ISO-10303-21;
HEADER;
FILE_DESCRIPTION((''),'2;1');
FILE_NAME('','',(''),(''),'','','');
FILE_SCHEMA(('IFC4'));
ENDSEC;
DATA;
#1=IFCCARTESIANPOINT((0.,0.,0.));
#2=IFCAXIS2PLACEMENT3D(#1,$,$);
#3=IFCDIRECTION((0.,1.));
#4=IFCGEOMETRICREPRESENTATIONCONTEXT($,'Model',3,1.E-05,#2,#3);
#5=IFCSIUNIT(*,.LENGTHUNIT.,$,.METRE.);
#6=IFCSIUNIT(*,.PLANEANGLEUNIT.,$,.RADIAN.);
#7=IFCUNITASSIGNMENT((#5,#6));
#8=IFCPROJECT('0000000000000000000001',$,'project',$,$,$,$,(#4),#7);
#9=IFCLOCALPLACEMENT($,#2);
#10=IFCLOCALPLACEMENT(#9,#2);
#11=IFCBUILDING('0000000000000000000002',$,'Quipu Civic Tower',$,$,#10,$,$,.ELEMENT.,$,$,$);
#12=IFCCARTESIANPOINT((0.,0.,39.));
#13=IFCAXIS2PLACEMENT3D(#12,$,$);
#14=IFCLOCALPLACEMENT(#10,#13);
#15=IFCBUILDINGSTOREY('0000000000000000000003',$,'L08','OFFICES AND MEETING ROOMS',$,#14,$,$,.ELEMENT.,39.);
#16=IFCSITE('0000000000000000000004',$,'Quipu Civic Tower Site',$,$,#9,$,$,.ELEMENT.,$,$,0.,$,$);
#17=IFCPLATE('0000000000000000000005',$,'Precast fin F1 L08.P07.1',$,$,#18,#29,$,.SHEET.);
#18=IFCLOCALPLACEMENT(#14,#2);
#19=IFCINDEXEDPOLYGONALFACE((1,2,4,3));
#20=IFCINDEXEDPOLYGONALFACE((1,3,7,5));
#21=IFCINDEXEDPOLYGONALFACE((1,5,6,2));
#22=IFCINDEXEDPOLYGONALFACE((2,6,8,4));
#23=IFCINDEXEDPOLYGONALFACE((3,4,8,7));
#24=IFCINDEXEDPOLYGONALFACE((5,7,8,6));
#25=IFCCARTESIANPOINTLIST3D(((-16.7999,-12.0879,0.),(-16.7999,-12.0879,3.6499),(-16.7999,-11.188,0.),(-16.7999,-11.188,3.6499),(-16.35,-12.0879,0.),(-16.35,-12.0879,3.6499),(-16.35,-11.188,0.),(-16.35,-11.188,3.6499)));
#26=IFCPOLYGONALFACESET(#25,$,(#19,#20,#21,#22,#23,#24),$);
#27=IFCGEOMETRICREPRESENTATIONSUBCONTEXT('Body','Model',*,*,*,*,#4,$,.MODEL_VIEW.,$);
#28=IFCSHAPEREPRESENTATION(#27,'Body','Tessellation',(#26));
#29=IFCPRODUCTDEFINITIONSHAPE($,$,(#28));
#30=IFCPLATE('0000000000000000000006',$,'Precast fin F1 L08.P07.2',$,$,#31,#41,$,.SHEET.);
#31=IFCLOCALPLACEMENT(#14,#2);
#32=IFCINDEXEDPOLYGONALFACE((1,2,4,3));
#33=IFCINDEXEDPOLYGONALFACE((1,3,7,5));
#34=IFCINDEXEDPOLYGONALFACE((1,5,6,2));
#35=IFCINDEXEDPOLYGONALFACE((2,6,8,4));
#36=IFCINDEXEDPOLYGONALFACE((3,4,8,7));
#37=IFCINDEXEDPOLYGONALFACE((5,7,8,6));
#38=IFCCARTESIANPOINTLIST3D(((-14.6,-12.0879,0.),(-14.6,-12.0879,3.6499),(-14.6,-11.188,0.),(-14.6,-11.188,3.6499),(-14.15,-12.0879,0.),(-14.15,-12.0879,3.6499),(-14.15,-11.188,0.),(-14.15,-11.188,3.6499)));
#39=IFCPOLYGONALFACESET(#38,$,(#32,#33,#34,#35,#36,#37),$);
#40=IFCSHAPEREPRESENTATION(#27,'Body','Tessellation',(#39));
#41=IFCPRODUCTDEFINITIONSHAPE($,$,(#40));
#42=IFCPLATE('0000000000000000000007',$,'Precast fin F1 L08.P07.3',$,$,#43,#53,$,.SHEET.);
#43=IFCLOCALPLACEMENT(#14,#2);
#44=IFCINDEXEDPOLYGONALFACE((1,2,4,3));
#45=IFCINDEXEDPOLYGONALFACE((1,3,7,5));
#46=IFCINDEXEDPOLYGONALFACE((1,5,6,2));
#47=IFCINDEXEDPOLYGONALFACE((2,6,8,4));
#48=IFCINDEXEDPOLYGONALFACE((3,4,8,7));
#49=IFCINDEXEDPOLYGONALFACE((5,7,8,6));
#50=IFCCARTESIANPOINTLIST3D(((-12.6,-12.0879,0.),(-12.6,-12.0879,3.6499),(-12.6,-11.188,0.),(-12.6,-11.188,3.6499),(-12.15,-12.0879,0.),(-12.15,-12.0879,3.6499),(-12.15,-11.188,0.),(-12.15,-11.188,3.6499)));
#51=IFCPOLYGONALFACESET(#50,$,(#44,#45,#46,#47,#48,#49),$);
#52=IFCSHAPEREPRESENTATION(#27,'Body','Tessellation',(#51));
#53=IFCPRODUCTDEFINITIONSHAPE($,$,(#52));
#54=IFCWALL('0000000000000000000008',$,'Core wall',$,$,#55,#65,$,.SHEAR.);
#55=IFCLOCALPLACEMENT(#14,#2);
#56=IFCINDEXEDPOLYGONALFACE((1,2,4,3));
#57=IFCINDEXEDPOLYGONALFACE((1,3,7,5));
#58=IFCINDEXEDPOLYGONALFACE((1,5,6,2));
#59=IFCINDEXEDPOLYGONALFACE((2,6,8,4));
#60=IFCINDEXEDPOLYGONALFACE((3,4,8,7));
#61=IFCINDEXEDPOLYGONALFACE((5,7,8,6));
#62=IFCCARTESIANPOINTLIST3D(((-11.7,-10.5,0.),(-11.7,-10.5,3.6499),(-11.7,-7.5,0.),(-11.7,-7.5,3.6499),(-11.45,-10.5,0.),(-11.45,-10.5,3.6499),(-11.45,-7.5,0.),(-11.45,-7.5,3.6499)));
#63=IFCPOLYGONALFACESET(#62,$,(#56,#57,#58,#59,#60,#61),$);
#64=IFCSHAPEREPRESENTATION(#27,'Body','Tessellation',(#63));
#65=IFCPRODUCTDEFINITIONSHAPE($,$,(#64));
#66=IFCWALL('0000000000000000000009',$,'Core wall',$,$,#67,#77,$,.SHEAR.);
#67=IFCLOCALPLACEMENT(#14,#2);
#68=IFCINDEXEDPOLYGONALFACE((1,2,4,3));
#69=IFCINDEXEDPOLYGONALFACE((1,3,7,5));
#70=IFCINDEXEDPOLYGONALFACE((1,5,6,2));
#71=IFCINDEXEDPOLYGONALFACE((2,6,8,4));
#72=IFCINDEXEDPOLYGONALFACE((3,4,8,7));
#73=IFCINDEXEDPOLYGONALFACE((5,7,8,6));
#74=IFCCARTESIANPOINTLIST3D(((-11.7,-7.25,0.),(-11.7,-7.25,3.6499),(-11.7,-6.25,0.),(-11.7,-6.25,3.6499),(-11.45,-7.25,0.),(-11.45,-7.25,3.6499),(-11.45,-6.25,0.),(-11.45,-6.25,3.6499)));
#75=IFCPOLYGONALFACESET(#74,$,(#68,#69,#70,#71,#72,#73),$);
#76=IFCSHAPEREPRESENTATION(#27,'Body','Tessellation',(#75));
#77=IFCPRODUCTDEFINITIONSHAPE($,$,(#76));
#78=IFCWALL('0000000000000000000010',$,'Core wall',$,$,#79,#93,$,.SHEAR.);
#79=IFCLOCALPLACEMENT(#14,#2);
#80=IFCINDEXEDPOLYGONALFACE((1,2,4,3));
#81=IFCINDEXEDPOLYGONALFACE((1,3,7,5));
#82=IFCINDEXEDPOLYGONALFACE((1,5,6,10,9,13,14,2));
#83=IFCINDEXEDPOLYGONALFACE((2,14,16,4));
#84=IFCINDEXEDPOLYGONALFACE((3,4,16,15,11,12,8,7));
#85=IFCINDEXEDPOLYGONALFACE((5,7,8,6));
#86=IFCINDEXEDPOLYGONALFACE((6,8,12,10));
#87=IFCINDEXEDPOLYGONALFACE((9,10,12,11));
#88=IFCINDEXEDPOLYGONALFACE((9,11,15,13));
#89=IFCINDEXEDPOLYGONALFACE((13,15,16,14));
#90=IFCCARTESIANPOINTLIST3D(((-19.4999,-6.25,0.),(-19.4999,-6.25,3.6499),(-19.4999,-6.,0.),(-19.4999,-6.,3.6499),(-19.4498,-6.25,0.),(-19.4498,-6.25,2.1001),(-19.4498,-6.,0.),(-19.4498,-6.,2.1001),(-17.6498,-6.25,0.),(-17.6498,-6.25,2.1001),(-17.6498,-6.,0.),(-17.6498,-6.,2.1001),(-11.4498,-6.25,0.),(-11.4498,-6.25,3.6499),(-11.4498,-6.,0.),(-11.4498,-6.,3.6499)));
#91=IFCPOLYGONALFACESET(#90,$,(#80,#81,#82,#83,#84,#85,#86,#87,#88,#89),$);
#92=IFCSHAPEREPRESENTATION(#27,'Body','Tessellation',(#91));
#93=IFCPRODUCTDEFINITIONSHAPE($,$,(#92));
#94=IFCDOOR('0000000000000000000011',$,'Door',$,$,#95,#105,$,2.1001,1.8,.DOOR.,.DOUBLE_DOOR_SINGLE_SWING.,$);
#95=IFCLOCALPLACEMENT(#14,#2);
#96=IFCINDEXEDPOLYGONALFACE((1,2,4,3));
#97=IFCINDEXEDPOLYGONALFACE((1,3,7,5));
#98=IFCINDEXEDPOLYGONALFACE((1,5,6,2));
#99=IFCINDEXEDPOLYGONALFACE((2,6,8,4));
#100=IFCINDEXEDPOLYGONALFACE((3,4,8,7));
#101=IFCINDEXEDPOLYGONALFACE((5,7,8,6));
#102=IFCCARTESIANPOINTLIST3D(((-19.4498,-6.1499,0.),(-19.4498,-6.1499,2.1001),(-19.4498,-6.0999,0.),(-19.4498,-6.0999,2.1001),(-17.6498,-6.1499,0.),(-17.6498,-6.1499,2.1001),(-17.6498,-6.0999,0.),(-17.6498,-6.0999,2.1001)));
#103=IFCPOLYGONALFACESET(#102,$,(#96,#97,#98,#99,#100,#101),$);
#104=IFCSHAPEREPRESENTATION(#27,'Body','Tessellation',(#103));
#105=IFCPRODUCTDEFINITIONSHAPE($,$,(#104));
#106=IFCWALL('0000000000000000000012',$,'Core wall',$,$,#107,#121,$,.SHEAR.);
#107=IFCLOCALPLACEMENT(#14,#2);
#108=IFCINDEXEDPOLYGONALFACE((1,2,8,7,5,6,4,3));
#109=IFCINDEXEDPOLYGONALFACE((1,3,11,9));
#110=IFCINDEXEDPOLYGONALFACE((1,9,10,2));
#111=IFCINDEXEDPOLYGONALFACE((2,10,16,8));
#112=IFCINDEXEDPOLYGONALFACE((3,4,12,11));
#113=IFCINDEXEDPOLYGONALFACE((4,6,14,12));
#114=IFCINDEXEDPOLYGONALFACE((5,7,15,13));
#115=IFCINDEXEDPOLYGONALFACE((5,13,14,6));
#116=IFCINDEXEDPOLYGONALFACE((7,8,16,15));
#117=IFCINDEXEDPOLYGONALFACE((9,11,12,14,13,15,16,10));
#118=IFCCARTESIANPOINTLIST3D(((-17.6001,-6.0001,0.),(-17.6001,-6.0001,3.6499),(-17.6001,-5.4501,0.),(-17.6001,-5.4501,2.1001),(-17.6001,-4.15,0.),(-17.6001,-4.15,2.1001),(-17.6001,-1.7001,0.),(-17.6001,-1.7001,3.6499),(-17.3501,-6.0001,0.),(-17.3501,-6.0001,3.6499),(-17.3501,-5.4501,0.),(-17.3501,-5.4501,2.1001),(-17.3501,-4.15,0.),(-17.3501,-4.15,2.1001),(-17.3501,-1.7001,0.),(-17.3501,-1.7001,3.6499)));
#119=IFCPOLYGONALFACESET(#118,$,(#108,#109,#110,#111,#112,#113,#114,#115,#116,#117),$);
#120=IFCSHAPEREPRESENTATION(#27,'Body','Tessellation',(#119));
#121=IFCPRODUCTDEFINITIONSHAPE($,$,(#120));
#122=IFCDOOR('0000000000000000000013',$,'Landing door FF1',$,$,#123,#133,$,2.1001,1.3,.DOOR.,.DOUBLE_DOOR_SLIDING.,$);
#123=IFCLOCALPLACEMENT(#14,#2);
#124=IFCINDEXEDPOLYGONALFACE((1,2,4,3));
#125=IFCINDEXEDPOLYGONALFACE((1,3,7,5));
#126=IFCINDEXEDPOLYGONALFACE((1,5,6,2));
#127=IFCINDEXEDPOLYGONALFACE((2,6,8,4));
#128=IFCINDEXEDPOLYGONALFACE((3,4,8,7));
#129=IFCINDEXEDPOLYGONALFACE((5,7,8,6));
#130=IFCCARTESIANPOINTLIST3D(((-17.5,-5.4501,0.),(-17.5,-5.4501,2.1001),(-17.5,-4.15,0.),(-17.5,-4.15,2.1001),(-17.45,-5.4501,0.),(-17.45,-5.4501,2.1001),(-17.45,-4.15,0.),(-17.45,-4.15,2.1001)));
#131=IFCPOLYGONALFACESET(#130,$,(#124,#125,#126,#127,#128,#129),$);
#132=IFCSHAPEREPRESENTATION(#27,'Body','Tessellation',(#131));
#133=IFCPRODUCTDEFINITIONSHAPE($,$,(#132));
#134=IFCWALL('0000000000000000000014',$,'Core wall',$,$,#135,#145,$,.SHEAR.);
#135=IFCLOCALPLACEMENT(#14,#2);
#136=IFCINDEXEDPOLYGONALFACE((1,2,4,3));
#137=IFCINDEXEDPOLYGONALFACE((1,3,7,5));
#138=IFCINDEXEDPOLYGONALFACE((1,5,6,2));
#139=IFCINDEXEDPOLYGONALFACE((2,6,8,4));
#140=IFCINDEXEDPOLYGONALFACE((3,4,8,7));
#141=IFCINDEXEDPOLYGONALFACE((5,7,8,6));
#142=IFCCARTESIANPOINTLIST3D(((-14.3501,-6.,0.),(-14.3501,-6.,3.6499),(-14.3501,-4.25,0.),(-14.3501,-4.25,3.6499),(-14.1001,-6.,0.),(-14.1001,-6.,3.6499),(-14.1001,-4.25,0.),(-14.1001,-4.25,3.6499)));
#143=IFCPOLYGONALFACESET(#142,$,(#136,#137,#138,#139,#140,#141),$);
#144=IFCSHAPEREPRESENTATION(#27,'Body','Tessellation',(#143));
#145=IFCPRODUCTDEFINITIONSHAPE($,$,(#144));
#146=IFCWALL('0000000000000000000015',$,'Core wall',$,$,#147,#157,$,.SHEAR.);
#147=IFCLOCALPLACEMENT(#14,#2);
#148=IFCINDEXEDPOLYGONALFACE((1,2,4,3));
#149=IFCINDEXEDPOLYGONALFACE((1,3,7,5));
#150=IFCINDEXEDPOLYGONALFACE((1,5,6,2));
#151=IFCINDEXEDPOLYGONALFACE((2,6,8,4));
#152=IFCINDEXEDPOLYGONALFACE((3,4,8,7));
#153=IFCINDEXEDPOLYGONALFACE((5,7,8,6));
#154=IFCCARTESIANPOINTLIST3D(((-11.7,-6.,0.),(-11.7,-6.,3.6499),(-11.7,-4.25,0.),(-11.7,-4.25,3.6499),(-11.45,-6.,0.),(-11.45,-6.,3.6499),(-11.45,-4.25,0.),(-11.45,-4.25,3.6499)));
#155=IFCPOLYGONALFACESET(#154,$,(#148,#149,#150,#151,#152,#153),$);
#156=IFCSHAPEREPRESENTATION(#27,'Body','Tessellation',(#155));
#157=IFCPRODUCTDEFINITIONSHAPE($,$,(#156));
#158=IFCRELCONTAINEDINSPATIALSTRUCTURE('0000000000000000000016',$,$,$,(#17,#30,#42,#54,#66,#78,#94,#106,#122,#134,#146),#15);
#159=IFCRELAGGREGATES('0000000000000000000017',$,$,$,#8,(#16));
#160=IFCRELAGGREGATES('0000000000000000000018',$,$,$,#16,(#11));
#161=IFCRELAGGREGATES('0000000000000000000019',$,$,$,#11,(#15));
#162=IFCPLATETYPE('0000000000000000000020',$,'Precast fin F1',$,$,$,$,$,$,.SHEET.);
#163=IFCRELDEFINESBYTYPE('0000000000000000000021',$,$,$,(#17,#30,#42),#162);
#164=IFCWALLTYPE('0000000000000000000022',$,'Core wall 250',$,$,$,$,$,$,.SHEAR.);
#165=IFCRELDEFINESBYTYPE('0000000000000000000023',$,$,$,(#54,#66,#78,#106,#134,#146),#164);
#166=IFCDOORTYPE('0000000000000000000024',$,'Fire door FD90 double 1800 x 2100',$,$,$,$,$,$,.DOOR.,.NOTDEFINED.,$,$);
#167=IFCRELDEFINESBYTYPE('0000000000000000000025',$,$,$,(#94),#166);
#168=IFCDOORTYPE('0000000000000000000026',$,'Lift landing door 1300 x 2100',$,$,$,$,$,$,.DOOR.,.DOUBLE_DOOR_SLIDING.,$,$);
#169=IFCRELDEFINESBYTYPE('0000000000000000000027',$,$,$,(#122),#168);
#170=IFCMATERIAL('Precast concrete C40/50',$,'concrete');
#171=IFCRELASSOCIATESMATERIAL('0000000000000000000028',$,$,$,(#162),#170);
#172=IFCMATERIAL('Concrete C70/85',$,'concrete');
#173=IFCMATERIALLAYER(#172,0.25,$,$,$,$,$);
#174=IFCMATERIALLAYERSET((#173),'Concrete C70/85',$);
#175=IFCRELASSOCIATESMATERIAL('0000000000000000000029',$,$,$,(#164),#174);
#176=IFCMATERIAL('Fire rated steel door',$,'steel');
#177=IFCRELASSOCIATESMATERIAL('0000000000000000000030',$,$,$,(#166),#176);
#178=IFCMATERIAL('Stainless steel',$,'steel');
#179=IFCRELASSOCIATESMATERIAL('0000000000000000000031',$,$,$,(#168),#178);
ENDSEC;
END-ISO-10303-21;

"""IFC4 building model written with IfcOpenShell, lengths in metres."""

from ifc_helpers import new_model, si_unit, direction, frame, frame_2d, origin, origin_2d, place, context, subcontext, project, spatial, rectangle, extrude, material, layer, layer_set, type_object, element, fill, save


model = new_model("IFC4")

# Units and contexts
model_context = context("Model", 3, precision=1e-05, world=origin(), true_north=direction((0.0, 1.0)))
body_context = subcontext(model_context, "Body", "Model", "MODEL_VIEW")
ifc_project = project(units=[si_unit("LENGTHUNIT", "METRE"), si_unit("PLANEANGLEUNIT", "RADIAN")], contexts=[model_context])

# Site, building, storey
site_placement = place(None, origin())
site = spatial("IfcSite", under=ifc_project, at=site_placement, Name="Quipu Civic Tower Site", CompositionType="ELEMENT", RefElevation=0.0)
building_placement = place(site_placement, origin())
building = spatial("IfcBuilding", under=site, at=building_placement, Name="Quipu Civic Tower", CompositionType="ELEMENT")
storey_placement = place(building_placement, frame((0.0, 0.0, 39.0)))
storey = spatial("IfcBuildingStorey", under=building, at=storey_placement, Name="L08", Description="OFFICES AND MEETING ROOMS", CompositionType="ELEMENT", Elevation=39.0)

# Plates
ifc_material_1 = material(Name="Precast concrete C40/50", Category="concrete")
plate_type = type_object("IfcPlateType", Name="Precast fin F1", PredefinedType="SHEET", material=ifc_material_1)
for number, where, z_axis, x_axis, name in (
    (1, (-16.575, -11.6379, 0.0), (0.0, 0.0, 1.0), (1.0, 0.0, 0.0), "Precast fin F1 L08.P07.1"),
    (2, (-14.375, -11.6379, 0.0), (0.0, 0.0, 1.0), (1.0, 0.0, 0.0), "Precast fin F1 L08.P07.2"),
    (3, (-12.375, -11.6379, 0.0), (0.0, 0.0, 1.0), (1.0, 0.0, 0.0), "Precast fin F1 L08.P07.3"),
):
    element("IfcPlate", number, at=place(storey_placement, frame(where, z_axis=z_axis, x_axis=x_axis)), inside=storey, type_object=plate_type, Name=name, PredefinedType="SHEET", context=body_context, shape_type="SweptSolid", body=[
        extrude(rectangle(XDim=0.45, YDim=0.8999, at=origin_2d()), origin(), (0.0, 0.0, 1.0), 3.6499),
    ])

# Walls
ifc_material_2 = material(Name="Concrete C70/85", Category="concrete")
ifc_layer = layer(ifc_material_2, 0.25)
ifc_layer_set = layer_set([ifc_layer], Name="Concrete C70/85")
wall_type_1 = type_object("IfcWallType", Name="Core wall 250", PredefinedType="SHEAR", material=ifc_layer_set)
wall_1_placement = place(storey_placement, frame((-11.575, -10.5, 0.0), z_axis=(0.0, 0.0, 1.0), x_axis=(0.0, 1.0, 0.0)))
element("IfcWall", 4, at=wall_1_placement, inside=storey, type_object=wall_type_1, Name="Core wall", PredefinedType="SHEAR", context=body_context, shape_type="SweptSolid", body=[
    extrude(rectangle(XDim=3.0, YDim=0.25, at=frame_2d((1.5, 0.0))), origin(), (0.0, 0.0, 1.0), 3.6499),
])
wall_2_placement = place(storey_placement, frame((-11.575, -7.25, 0.0), z_axis=(0.0, 0.0, 1.0), x_axis=(0.0, 1.0, 0.0)))
element("IfcWall", 5, at=wall_2_placement, inside=storey, type_object=wall_type_1, Name="Core wall", PredefinedType="SHEAR", context=body_context, shape_type="SweptSolid", body=[
    extrude(rectangle(XDim=1.0, YDim=0.25, at=frame_2d((0.5, 0.0))), origin(), (0.0, 0.0, 1.0), 3.6499),
])

# Walls, openings, doors
wall_3_placement = place(storey_placement, frame((-11.45, -6.125, 0.0), z_axis=(0.0, 0.0, 1.0), x_axis=(-1.0, 0.0, 0.0)))
wall_3 = element("IfcWall", 6, at=wall_3_placement, inside=storey, type_object=wall_type_1, Name="Core wall", PredefinedType="SHEAR", context=body_context, shape_type="SweptSolid", body=[
    extrude(rectangle(XDim=8.05, YDim=0.25, at=frame_2d((4.0249, 0.0))), origin(), (0.0, 0.0, 1.0), 3.6499),
])
opening_1_placement = place(wall_3_placement, frame((6.2, 0.0, 0.0)))
opening_1 = element("IfcOpeningElement", 7, at=opening_1_placement, cuts=wall_3, PredefinedType="OPENING", context=body_context, shape_type="SweptSolid", body=[
    extrude(rectangle(XDim=1.8, YDim=2.1001, at=frame_2d((0.8999, 1.05))), frame((0.0, 0.135, 0.0), z_axis=(0.0, -1.0, 0.0), x_axis=(1.0, 0.0, 0.0)), (0.0, 0.0, 1.0), 0.27),
])
ifc_material_3 = material(Name="Fire rated steel door", Category="steel")
door_type_1 = type_object("IfcDoorType", Name="Fire door FD90 double 1800 x 2100", OperationType="NOTDEFINED", PredefinedType="DOOR", material=ifc_material_3)
door_1_placement = place(opening_1_placement, origin())
door_1 = element("IfcDoor", 8, at=door_1_placement, inside=storey, type_object=door_type_1, Name="Door", OperationType="DOUBLE_DOOR_SINGLE_SWING", OverallHeight=2.1001, OverallWidth=1.8, PredefinedType="DOOR", context=body_context, shape_type="SweptSolid", body=[
    extrude(rectangle(XDim=1.8, YDim=2.1001, at=frame_2d((0.8999, 1.05))), frame((0.0, 0.0249, 0.0), z_axis=(0.0, -1.0, 0.0), x_axis=(1.0, 0.0, 0.0)), (0.0, 0.0, 1.0), 0.05),
])
fill(opening_1, door_1)
wall_4_placement = place(storey_placement, frame((-17.4751, -6.0, 0.0), z_axis=(0.0, 0.0, 1.0), x_axis=(0.0, 1.0, 0.0)))
wall_4 = element("IfcWall", 9, at=wall_4_placement, inside=storey, type_object=wall_type_1, Name="Core wall", PredefinedType="SHEAR", context=body_context, shape_type="SweptSolid", body=[
    extrude(rectangle(XDim=4.3, YDim=0.25, at=frame_2d((2.1499, 0.0))), origin(), (0.0, 0.0, 1.0), 3.6499),
])
opening_2_placement = place(wall_4_placement, frame((0.55, 0.0, 0.0)))
opening_2 = element("IfcOpeningElement", 10, at=opening_2_placement, cuts=wall_4, PredefinedType="OPENING", context=body_context, shape_type="SweptSolid", body=[
    extrude(rectangle(XDim=1.3, YDim=2.1001, at=frame_2d((0.6499, 1.05))), frame((0.0, 0.135, 0.0), z_axis=(0.0, -1.0, 0.0), x_axis=(1.0, 0.0, 0.0)), (0.0, 0.0, 1.0), 0.27),
])
ifc_material_4 = material(Name="Stainless steel", Category="steel")
door_type_2 = type_object("IfcDoorType", Name="Lift landing door 1300 x 2100", OperationType="DOUBLE_DOOR_SLIDING", PredefinedType="DOOR", material=ifc_material_4)
door_2_placement = place(opening_2_placement, origin())
door_2 = element("IfcDoor", 11, at=door_2_placement, inside=storey, type_object=door_type_2, Name="Landing door FF1", OperationType="DOUBLE_DOOR_SLIDING", OverallHeight=2.1001, OverallWidth=1.3, PredefinedType="DOOR", context=body_context, shape_type="SweptSolid", body=[
    extrude(rectangle(XDim=1.3, YDim=2.1001, at=frame_2d((0.6499, 1.05))), frame((0.0, 0.0249, 0.0), z_axis=(0.0, -1.0, 0.0), x_axis=(1.0, 0.0, 0.0)), (0.0, 0.0, 1.0), 0.05),
])
fill(opening_2, door_2)

# Walls
for number, where, z_axis, x_axis, name in (
    (12, (-14.2251, -6.0, 0.0), (0.0, 0.0, 1.0), (0.0, 1.0, 0.0), "Core wall"),
    (13, (-11.575, -6.0, 0.0), (0.0, 0.0, 1.0), (0.0, 1.0, 0.0), "Core wall"),
):
    element("IfcWall", number, at=place(storey_placement, frame(where, z_axis=z_axis, x_axis=x_axis)), inside=storey, type_object=wall_type_1, Name=name, PredefinedType="SHEAR", context=body_context, shape_type="SweptSolid", body=[
        extrude(rectangle(XDim=1.75, YDim=0.25, at=frame_2d((0.875, 0.0))), origin(), (0.0, 0.0, 1.0), 3.6499),
    ])

save(model, "model.ifc")
